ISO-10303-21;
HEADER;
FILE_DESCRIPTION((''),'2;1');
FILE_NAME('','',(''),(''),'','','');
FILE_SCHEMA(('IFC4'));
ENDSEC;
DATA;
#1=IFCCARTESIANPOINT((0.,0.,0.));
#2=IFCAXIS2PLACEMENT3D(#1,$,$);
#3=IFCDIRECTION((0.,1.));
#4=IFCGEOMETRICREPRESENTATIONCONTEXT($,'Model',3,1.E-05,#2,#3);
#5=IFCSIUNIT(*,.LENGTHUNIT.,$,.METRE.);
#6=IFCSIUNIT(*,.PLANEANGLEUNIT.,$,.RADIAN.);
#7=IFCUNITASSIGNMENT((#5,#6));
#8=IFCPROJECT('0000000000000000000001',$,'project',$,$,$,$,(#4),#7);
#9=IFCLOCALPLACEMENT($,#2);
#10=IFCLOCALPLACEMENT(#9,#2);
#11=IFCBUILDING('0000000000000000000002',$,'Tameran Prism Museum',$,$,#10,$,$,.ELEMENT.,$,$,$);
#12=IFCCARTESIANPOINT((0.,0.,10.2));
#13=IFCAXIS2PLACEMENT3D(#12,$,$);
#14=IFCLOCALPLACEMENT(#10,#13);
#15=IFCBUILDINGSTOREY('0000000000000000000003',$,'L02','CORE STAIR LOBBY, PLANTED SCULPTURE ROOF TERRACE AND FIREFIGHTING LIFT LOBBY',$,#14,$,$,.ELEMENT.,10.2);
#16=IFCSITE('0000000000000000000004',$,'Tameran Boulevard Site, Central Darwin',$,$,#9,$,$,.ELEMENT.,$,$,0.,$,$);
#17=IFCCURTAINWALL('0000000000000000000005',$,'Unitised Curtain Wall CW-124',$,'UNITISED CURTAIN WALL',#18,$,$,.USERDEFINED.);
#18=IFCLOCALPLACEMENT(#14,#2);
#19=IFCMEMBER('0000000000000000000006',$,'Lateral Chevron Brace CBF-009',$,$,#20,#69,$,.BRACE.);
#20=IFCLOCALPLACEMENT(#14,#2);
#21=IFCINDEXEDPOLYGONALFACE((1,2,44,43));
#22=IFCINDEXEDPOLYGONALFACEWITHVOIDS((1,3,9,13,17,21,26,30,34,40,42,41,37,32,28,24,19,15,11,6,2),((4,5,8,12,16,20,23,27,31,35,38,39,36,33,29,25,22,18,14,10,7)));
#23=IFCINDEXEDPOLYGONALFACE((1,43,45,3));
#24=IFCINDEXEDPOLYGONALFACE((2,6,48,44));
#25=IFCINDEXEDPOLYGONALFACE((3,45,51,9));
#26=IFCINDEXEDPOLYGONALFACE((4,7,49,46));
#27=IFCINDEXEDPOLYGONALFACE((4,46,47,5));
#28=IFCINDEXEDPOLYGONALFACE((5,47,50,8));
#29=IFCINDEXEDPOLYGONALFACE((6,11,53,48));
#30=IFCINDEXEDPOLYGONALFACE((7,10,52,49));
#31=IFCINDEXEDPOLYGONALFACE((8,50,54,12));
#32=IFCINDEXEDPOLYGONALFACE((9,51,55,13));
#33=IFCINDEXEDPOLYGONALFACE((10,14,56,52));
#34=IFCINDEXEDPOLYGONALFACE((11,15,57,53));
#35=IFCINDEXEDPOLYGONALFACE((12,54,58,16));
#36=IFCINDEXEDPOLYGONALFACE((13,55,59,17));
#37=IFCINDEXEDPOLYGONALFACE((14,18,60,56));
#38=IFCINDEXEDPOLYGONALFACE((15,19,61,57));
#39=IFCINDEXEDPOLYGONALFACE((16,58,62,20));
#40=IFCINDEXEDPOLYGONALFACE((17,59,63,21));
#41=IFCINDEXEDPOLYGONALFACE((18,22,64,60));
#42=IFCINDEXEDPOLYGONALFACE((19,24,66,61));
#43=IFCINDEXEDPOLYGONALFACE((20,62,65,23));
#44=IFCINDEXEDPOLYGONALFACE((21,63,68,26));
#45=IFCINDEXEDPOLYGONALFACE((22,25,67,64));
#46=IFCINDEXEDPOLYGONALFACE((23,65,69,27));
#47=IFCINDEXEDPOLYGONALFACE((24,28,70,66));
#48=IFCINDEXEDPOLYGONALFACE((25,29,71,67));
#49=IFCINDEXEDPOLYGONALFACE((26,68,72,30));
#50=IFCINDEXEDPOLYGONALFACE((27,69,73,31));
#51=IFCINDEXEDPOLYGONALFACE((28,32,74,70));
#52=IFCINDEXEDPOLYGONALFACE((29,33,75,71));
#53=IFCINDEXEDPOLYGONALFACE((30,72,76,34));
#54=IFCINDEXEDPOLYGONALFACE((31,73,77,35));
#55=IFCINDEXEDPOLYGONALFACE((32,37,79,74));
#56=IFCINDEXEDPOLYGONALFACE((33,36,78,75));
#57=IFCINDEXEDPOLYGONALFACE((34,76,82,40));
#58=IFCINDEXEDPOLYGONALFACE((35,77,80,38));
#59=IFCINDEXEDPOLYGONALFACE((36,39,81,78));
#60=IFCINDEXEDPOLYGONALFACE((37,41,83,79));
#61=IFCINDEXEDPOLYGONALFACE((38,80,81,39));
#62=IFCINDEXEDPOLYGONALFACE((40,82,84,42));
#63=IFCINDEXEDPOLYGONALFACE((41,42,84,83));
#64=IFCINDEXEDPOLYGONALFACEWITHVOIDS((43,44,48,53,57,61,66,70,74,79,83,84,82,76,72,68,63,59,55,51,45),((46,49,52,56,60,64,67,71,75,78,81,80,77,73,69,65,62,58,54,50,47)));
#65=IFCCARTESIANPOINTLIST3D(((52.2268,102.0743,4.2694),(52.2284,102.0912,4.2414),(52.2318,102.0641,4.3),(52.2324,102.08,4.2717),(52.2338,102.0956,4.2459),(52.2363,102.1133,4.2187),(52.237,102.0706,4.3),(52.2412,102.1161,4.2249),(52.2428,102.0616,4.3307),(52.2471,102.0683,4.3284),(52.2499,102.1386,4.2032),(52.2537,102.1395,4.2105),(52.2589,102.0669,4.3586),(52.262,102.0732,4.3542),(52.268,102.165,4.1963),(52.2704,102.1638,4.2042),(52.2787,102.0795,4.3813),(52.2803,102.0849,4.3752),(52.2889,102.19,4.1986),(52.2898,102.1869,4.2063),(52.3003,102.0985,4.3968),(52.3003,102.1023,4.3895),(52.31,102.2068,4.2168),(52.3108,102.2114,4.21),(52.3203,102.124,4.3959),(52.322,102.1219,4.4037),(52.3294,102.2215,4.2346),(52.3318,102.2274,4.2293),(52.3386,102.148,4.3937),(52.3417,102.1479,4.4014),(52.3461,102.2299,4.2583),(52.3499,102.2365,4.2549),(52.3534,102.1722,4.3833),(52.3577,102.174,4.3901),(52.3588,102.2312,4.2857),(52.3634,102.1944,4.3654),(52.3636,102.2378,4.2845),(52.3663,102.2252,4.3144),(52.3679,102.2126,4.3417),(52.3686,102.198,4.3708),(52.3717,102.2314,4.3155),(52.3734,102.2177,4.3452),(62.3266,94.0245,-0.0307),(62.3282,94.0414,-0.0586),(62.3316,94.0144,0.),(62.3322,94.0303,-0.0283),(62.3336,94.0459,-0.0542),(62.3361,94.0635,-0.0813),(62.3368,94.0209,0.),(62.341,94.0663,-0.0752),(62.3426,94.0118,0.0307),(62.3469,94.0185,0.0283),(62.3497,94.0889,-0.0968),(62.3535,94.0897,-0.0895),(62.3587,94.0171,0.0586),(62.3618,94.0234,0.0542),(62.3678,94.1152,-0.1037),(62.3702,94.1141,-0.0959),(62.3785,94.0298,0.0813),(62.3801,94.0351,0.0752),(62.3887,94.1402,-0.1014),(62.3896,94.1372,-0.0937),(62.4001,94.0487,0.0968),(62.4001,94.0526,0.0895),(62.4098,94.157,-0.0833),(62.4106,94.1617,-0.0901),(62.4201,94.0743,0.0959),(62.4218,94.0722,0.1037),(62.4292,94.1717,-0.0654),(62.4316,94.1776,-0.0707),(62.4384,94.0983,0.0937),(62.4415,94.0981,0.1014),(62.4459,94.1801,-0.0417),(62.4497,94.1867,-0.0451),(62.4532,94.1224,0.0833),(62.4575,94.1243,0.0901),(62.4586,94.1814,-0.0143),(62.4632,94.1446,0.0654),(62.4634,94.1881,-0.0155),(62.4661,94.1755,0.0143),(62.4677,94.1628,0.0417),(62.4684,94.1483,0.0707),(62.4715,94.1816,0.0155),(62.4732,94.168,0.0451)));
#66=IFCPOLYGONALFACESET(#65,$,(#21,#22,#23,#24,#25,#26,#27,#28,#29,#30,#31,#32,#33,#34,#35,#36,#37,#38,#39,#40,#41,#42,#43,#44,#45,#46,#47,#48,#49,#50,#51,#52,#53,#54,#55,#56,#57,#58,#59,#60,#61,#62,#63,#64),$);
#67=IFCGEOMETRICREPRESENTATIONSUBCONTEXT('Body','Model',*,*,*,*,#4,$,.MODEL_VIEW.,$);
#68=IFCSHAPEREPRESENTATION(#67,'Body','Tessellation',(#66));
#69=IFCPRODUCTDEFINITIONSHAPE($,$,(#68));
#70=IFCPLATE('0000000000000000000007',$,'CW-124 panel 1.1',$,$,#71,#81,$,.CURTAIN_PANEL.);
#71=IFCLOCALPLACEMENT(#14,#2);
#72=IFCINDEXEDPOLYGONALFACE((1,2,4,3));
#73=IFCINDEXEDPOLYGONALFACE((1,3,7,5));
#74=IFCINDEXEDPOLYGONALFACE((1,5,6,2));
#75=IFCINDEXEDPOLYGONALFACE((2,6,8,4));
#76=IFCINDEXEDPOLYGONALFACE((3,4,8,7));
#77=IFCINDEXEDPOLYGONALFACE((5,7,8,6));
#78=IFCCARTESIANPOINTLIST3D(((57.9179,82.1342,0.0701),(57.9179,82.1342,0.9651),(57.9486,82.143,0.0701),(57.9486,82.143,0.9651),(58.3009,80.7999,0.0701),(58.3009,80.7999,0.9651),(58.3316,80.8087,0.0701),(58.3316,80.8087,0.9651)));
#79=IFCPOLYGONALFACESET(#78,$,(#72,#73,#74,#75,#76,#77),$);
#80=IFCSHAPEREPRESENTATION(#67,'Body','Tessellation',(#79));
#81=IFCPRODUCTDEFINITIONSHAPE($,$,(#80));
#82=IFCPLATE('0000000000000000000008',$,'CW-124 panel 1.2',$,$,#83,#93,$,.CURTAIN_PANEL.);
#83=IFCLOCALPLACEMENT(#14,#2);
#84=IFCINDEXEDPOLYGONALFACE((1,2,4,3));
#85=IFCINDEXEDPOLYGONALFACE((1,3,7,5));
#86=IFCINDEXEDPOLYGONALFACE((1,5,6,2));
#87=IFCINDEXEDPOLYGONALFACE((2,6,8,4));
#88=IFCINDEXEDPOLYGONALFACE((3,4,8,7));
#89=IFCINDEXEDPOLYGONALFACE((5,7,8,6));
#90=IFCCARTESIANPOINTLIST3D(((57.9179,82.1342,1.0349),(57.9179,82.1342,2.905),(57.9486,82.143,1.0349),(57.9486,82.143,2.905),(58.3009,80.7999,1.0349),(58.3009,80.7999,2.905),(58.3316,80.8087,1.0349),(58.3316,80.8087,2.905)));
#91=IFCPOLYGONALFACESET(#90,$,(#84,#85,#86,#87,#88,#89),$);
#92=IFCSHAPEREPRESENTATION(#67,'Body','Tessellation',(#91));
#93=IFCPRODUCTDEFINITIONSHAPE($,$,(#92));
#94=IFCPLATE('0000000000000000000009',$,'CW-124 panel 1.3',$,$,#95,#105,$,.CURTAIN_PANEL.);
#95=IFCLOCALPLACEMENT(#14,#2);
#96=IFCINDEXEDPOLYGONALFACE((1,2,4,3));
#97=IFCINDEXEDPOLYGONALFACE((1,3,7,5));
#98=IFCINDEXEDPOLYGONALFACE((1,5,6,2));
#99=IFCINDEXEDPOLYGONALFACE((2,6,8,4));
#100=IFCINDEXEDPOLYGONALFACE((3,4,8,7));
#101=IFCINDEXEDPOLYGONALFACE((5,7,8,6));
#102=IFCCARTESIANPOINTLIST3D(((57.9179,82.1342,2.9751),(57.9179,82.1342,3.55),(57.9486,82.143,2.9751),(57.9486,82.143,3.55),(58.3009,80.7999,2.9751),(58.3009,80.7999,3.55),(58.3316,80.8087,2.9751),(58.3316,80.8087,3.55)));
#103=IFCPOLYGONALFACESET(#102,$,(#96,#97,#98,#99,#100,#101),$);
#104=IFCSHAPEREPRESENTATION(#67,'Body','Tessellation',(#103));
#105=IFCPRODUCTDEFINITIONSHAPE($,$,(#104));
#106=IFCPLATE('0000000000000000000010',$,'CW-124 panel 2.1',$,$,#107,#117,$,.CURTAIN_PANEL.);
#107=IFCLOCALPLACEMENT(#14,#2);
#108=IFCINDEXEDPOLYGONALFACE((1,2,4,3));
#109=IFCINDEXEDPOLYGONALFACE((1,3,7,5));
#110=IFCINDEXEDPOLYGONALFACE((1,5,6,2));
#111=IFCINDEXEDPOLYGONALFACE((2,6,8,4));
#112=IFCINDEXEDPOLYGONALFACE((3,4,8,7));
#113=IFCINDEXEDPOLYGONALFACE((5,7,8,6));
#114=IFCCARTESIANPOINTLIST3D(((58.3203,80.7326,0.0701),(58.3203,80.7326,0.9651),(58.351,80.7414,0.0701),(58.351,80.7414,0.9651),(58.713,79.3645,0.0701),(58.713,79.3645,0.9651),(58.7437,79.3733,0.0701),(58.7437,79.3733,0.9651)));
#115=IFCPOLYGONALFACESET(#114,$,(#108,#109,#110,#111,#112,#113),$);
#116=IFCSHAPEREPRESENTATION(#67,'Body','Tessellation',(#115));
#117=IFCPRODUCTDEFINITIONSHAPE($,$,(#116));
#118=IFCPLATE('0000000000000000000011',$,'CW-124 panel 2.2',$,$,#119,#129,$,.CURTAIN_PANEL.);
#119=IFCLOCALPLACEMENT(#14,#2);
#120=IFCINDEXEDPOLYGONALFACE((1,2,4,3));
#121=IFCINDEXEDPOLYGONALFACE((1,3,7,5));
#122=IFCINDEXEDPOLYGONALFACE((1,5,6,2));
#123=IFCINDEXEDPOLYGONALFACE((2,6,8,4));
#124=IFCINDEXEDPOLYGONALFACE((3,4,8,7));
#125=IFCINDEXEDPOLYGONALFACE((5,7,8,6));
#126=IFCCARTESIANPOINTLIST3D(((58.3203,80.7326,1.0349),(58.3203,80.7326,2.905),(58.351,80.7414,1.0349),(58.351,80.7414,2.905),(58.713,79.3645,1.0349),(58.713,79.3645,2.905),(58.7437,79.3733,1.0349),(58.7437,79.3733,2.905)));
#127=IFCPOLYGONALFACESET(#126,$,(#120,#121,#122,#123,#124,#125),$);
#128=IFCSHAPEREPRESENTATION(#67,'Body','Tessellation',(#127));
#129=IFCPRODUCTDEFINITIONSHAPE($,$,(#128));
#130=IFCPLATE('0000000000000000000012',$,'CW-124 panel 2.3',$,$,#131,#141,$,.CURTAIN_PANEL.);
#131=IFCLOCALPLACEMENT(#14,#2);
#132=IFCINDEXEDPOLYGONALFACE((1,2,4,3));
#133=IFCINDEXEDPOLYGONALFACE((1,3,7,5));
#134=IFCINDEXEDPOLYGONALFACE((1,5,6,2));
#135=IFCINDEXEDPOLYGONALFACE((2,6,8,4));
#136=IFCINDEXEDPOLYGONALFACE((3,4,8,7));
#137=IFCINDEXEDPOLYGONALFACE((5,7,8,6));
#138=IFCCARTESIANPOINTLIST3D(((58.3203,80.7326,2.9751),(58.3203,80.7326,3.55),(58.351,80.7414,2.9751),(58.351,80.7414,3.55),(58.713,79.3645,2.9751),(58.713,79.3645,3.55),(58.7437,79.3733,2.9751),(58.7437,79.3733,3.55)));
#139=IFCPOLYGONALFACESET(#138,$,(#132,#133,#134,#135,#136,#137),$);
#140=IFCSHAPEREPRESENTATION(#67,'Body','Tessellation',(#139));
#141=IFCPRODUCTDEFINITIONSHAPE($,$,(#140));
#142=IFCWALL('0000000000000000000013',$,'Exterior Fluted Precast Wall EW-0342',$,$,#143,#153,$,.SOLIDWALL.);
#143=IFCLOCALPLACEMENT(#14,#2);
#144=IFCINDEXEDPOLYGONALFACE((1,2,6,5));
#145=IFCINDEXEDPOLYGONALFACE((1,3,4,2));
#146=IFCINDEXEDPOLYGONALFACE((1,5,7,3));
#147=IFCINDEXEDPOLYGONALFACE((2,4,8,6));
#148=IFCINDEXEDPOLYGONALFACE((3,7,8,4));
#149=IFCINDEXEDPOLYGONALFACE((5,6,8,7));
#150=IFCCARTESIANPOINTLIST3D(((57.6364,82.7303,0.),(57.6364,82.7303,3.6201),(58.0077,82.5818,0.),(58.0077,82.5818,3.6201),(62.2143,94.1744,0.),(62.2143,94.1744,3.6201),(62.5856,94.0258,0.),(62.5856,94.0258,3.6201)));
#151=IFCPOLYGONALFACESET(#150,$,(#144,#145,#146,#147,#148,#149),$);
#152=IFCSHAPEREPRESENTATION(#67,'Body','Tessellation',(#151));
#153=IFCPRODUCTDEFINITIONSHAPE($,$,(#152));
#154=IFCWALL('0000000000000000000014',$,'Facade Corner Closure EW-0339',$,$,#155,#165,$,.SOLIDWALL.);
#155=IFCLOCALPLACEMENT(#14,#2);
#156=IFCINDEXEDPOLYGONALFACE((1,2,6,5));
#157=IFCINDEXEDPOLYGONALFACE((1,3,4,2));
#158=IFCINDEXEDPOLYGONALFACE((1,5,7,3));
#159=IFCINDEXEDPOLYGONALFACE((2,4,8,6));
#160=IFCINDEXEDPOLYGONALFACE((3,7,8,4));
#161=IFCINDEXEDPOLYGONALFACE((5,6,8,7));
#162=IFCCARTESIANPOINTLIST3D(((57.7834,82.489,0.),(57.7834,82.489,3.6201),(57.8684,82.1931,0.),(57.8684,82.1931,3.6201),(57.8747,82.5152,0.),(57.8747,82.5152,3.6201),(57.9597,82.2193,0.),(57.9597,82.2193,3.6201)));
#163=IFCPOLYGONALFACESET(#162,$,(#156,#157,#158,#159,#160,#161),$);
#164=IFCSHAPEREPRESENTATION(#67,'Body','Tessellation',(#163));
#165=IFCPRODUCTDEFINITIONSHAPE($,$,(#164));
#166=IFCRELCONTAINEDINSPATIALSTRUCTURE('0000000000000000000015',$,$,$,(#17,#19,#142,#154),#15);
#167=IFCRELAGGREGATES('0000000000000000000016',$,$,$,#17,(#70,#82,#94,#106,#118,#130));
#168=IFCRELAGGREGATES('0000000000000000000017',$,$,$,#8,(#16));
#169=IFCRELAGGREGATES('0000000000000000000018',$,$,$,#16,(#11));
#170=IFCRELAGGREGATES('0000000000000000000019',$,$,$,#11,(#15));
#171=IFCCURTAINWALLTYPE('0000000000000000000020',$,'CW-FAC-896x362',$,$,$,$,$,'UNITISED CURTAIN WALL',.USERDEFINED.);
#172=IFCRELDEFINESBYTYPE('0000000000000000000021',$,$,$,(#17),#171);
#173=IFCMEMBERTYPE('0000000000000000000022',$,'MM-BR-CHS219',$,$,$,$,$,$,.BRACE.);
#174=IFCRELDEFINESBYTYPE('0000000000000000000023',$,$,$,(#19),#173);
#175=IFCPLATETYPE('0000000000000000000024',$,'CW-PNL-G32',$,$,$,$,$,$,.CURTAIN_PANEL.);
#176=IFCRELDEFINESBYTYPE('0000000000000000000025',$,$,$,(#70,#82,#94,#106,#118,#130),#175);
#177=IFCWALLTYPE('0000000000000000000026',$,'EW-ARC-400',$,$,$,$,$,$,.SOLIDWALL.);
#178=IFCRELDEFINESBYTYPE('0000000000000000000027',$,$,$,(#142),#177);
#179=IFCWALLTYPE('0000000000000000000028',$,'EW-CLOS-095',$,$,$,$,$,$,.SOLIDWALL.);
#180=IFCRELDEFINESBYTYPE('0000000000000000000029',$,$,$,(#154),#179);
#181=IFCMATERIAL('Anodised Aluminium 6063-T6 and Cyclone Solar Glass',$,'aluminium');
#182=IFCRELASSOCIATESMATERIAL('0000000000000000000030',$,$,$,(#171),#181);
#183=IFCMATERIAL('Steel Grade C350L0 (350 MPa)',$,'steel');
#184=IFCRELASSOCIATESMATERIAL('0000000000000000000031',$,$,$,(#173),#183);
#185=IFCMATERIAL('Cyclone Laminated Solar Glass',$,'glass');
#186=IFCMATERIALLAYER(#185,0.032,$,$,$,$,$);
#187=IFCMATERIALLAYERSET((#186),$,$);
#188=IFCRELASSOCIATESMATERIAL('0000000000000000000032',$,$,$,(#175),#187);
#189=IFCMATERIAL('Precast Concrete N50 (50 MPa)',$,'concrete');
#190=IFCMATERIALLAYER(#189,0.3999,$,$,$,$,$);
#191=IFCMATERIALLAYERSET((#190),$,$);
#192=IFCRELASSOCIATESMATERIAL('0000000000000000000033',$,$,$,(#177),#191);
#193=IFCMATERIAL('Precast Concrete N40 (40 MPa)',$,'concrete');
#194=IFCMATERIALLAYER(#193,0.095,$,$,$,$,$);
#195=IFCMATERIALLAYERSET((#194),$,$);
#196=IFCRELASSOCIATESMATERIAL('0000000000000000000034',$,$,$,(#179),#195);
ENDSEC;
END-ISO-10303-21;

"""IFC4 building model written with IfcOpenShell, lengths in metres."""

from ifc_helpers import new_model, si_unit, direction, frame, frame_2d, origin, origin_2d, place, context, subcontext, project, spatial, rectangle, hollow_circle, extrude, material, layer, layer_set, material_profile, profile_set, type_object, element, aggregate, save


model = new_model("IFC4")

# Units and contexts
model_context = context("Model", 3, precision=1e-05, world=origin(), true_north=direction((0.0, 1.0)))
body_context = subcontext(model_context, "Body", "Model", "MODEL_VIEW")
ifc_project = project(units=[si_unit("LENGTHUNIT", "METRE"), si_unit("PLANEANGLEUNIT", "RADIAN")], contexts=[model_context])

# Site, building, storey
site_placement = place(None, origin())
site = spatial("IfcSite", under=ifc_project, at=site_placement, Name="Tameran Boulevard Site, Central Darwin", CompositionType="ELEMENT", RefElevation=0.0)
building_placement = place(site_placement, origin())
building = spatial("IfcBuilding", under=site, at=building_placement, Name="Tameran Prism Museum", CompositionType="ELEMENT")
storey_placement = place(building_placement, frame((0.0, 0.0, 10.2)))
storey = spatial("IfcBuildingStorey", under=building, at=storey_placement, Name="L02", Description="CORE STAIR LOBBY, PLANTED SCULPTURE ROOF TERRACE AND FIREFIGHTING LIFT LOBBY", CompositionType="ELEMENT", Elevation=10.2)

# Curtain wall
ifc_material_1 = material(Name="Anodised Aluminium 6063-T6 and Cyclone Solar Glass", Category="aluminium")
curtain_wall_type = type_object("IfcCurtainWallType", Name="CW-FAC-896x362", ElementType="UNITISED CURTAIN WALL", PredefinedType="USERDEFINED", material=ifc_material_1)
curtain_wall_placement = place(storey_placement, origin())
curtain_wall = element("IfcCurtainWall", 1, at=curtain_wall_placement, inside=storey, type_object=curtain_wall_type, Name="Unitised Curtain Wall CW-124", ObjectType="UNITISED CURTAIN WALL", PredefinedType="USERDEFINED")

# Member
ifc_material_2 = material(Name="Steel Grade C350L0 (350 MPa)", Category="steel")
ifc_material_profile_1 = material_profile(ifc_material_2, hollow_circle(Radius=0.1096, WallThickness=0.0083, at=origin_2d()))
ifc_profile_set_1 = profile_set([ifc_material_profile_1])
member_type_1 = type_object("IfcMemberType", Name="MM-BR-CHS219", PredefinedType="BRACE", material=ifc_profile_set_1)
member_1_placement = place(storey_placement, frame((62.3999, 94.1001, 0.0), z_axis=(-0.741961, 0.591359, 0.315893), x_axis=(-0.623274, -0.782004, 0.0)))
element("IfcMember", 2, at=member_1_placement, inside=storey, type_object=member_type_1, Name="Lateral Chevron Brace CBF-009", PredefinedType="BRACE", context=body_context, shape_type="SweptSolid", body=[
    extrude(hollow_circle(Radius=0.1096, WallThickness=0.0083, at=origin_2d()), origin(), (0.0, 0.0, 1.0), 13.6123),
])

# Plates
ifc_material_3 = material(Name="Cyclone Laminated Solar Glass", Category="glass")
ifc_layer_1 = layer(ifc_material_3, 0.032)
ifc_layer_set_1 = layer_set([ifc_layer_1])
plate_type = type_object("IfcPlateType", Name="CW-PNL-G32", PredefinedType="CURTAIN_PANEL", material=ifc_layer_set_1)
plate_1_placement = place(storey_placement, frame((58.1248, 81.4714, 0.0701), z_axis=(0.0, 0.0, 1.0), x_axis=(0.2759, -0.961186, 0.0)))
plate_1 = element("IfcPlate", 3, at=plate_1_placement, type_object=plate_type, Name="CW-124 panel 1.1", PredefinedType="CURTAIN_PANEL", context=body_context, shape_type="SweptSolid", body=[
    extrude(rectangle(XDim=1.3882, YDim=0.032, at=origin_2d()), origin(), (0.0, 0.0, 1.0), 0.895),
])
plate_2_placement = place(storey_placement, frame((58.1248, 81.4714, 1.0349), z_axis=(0.0, 0.0, 1.0), x_axis=(0.2759, -0.961186, 0.0)))
plate_2 = element("IfcPlate", 4, at=plate_2_placement, type_object=plate_type, Name="CW-124 panel 1.2", PredefinedType="CURTAIN_PANEL", context=body_context, shape_type="SweptSolid", body=[
    extrude(rectangle(XDim=1.3882, YDim=0.032, at=origin_2d()), origin(), (0.0, 0.0, 1.0), 1.8701),
])
plate_3_placement = place(storey_placement, frame((58.1248, 81.4714, 2.9751), z_axis=(0.0, 0.0, 1.0), x_axis=(0.2759, -0.961186, 0.0)))
plate_3 = element("IfcPlate", 5, at=plate_3_placement, type_object=plate_type, Name="CW-124 panel 1.3", PredefinedType="CURTAIN_PANEL", context=body_context, shape_type="SweptSolid", body=[
    extrude(rectangle(XDim=1.3882, YDim=0.032, at=origin_2d()), origin(), (0.0, 0.0, 1.0), 0.575),
])
plate_4_placement = place(storey_placement, frame((58.532, 80.053, 0.0701), z_axis=(0.0, 0.0, 1.0), x_axis=(0.2759, -0.961186, 0.0)))
plate_4 = element("IfcPlate", 6, at=plate_4_placement, type_object=plate_type, Name="CW-124 panel 2.1", PredefinedType="CURTAIN_PANEL", context=body_context, shape_type="SweptSolid", body=[
    extrude(rectangle(XDim=1.4233, YDim=0.032, at=origin_2d()), origin(), (0.0, 0.0, 1.0), 0.895),
])
plate_5_placement = place(storey_placement, frame((58.532, 80.053, 1.0349), z_axis=(0.0, 0.0, 1.0), x_axis=(0.2759, -0.961186, 0.0)))
plate_5 = element("IfcPlate", 7, at=plate_5_placement, type_object=plate_type, Name="CW-124 panel 2.2", PredefinedType="CURTAIN_PANEL", context=body_context, shape_type="SweptSolid", body=[
    extrude(rectangle(XDim=1.4233, YDim=0.032, at=origin_2d()), origin(), (0.0, 0.0, 1.0), 1.8701),
])
plate_6_placement = place(storey_placement, frame((58.532, 80.053, 2.9751), z_axis=(0.0, 0.0, 1.0), x_axis=(0.2759, -0.961186, 0.0)))
plate_6 = element("IfcPlate", 8, at=plate_6_placement, type_object=plate_type, Name="CW-124 panel 2.3", PredefinedType="CURTAIN_PANEL", context=body_context, shape_type="SweptSolid", body=[
    extrude(rectangle(XDim=1.4233, YDim=0.032, at=origin_2d()), origin(), (0.0, 0.0, 1.0), 0.575),
])
aggregate(curtain_wall, [plate_1, plate_2, plate_3, plate_4, plate_5, plate_6])

# Walls
ifc_material_4 = material(Name="Precast Concrete N50 (50 MPa)", Category="concrete")
ifc_layer_2 = layer(ifc_material_4, 0.3999)
ifc_layer_set_2 = layer_set([ifc_layer_2])
wall_type_1 = type_object("IfcWallType", Name="EW-ARC-400", PredefinedType="SOLIDWALL", material=ifc_layer_set_2)
wall_1_placement = place(storey_placement, frame((62.3999, 94.1001, 0.0), z_axis=(0.0, 0.0, 1.0), x_axis=(-0.371408, -0.92847, 0.0)))
element("IfcWall", 9, at=wall_1_placement, inside=storey, type_object=wall_type_1, Name="Exterior Fluted Precast Wall EW-0342", PredefinedType="SOLIDWALL", context=body_context, shape_type="SweptSolid", body=[
    extrude(rectangle(XDim=12.3257, YDim=0.3999, at=frame_2d((6.1628, 0.0))), origin(), (0.0, 0.0, 1.0), 3.6201),
])
ifc_material_5 = material(Name="Precast Concrete N40 (40 MPa)", Category="concrete")
ifc_layer_3 = layer(ifc_material_5, 0.095)
ifc_layer_set_3 = layer_set([ifc_layer_3])
wall_type_2 = type_object("IfcWallType", Name="EW-CLOS-095", PredefinedType="SOLIDWALL", material=ifc_layer_set_3)
wall_2_placement = place(storey_placement, frame((57.8291, 82.502, 0.0), z_axis=(0.0, 0.0, 1.0), x_axis=(0.275978, -0.961164, 0.0)))
element("IfcWall", 10, at=wall_2_placement, inside=storey, type_object=wall_type_2, Name="Facade Corner Closure EW-0339", PredefinedType="SOLIDWALL", context=body_context, shape_type="SweptSolid", body=[
    extrude(rectangle(XDim=0.3079, YDim=0.095, at=frame_2d((0.1538, 0.0))), origin(), (0.0, 0.0, 1.0), 3.6201),
])

save(model, "model.ifc")
